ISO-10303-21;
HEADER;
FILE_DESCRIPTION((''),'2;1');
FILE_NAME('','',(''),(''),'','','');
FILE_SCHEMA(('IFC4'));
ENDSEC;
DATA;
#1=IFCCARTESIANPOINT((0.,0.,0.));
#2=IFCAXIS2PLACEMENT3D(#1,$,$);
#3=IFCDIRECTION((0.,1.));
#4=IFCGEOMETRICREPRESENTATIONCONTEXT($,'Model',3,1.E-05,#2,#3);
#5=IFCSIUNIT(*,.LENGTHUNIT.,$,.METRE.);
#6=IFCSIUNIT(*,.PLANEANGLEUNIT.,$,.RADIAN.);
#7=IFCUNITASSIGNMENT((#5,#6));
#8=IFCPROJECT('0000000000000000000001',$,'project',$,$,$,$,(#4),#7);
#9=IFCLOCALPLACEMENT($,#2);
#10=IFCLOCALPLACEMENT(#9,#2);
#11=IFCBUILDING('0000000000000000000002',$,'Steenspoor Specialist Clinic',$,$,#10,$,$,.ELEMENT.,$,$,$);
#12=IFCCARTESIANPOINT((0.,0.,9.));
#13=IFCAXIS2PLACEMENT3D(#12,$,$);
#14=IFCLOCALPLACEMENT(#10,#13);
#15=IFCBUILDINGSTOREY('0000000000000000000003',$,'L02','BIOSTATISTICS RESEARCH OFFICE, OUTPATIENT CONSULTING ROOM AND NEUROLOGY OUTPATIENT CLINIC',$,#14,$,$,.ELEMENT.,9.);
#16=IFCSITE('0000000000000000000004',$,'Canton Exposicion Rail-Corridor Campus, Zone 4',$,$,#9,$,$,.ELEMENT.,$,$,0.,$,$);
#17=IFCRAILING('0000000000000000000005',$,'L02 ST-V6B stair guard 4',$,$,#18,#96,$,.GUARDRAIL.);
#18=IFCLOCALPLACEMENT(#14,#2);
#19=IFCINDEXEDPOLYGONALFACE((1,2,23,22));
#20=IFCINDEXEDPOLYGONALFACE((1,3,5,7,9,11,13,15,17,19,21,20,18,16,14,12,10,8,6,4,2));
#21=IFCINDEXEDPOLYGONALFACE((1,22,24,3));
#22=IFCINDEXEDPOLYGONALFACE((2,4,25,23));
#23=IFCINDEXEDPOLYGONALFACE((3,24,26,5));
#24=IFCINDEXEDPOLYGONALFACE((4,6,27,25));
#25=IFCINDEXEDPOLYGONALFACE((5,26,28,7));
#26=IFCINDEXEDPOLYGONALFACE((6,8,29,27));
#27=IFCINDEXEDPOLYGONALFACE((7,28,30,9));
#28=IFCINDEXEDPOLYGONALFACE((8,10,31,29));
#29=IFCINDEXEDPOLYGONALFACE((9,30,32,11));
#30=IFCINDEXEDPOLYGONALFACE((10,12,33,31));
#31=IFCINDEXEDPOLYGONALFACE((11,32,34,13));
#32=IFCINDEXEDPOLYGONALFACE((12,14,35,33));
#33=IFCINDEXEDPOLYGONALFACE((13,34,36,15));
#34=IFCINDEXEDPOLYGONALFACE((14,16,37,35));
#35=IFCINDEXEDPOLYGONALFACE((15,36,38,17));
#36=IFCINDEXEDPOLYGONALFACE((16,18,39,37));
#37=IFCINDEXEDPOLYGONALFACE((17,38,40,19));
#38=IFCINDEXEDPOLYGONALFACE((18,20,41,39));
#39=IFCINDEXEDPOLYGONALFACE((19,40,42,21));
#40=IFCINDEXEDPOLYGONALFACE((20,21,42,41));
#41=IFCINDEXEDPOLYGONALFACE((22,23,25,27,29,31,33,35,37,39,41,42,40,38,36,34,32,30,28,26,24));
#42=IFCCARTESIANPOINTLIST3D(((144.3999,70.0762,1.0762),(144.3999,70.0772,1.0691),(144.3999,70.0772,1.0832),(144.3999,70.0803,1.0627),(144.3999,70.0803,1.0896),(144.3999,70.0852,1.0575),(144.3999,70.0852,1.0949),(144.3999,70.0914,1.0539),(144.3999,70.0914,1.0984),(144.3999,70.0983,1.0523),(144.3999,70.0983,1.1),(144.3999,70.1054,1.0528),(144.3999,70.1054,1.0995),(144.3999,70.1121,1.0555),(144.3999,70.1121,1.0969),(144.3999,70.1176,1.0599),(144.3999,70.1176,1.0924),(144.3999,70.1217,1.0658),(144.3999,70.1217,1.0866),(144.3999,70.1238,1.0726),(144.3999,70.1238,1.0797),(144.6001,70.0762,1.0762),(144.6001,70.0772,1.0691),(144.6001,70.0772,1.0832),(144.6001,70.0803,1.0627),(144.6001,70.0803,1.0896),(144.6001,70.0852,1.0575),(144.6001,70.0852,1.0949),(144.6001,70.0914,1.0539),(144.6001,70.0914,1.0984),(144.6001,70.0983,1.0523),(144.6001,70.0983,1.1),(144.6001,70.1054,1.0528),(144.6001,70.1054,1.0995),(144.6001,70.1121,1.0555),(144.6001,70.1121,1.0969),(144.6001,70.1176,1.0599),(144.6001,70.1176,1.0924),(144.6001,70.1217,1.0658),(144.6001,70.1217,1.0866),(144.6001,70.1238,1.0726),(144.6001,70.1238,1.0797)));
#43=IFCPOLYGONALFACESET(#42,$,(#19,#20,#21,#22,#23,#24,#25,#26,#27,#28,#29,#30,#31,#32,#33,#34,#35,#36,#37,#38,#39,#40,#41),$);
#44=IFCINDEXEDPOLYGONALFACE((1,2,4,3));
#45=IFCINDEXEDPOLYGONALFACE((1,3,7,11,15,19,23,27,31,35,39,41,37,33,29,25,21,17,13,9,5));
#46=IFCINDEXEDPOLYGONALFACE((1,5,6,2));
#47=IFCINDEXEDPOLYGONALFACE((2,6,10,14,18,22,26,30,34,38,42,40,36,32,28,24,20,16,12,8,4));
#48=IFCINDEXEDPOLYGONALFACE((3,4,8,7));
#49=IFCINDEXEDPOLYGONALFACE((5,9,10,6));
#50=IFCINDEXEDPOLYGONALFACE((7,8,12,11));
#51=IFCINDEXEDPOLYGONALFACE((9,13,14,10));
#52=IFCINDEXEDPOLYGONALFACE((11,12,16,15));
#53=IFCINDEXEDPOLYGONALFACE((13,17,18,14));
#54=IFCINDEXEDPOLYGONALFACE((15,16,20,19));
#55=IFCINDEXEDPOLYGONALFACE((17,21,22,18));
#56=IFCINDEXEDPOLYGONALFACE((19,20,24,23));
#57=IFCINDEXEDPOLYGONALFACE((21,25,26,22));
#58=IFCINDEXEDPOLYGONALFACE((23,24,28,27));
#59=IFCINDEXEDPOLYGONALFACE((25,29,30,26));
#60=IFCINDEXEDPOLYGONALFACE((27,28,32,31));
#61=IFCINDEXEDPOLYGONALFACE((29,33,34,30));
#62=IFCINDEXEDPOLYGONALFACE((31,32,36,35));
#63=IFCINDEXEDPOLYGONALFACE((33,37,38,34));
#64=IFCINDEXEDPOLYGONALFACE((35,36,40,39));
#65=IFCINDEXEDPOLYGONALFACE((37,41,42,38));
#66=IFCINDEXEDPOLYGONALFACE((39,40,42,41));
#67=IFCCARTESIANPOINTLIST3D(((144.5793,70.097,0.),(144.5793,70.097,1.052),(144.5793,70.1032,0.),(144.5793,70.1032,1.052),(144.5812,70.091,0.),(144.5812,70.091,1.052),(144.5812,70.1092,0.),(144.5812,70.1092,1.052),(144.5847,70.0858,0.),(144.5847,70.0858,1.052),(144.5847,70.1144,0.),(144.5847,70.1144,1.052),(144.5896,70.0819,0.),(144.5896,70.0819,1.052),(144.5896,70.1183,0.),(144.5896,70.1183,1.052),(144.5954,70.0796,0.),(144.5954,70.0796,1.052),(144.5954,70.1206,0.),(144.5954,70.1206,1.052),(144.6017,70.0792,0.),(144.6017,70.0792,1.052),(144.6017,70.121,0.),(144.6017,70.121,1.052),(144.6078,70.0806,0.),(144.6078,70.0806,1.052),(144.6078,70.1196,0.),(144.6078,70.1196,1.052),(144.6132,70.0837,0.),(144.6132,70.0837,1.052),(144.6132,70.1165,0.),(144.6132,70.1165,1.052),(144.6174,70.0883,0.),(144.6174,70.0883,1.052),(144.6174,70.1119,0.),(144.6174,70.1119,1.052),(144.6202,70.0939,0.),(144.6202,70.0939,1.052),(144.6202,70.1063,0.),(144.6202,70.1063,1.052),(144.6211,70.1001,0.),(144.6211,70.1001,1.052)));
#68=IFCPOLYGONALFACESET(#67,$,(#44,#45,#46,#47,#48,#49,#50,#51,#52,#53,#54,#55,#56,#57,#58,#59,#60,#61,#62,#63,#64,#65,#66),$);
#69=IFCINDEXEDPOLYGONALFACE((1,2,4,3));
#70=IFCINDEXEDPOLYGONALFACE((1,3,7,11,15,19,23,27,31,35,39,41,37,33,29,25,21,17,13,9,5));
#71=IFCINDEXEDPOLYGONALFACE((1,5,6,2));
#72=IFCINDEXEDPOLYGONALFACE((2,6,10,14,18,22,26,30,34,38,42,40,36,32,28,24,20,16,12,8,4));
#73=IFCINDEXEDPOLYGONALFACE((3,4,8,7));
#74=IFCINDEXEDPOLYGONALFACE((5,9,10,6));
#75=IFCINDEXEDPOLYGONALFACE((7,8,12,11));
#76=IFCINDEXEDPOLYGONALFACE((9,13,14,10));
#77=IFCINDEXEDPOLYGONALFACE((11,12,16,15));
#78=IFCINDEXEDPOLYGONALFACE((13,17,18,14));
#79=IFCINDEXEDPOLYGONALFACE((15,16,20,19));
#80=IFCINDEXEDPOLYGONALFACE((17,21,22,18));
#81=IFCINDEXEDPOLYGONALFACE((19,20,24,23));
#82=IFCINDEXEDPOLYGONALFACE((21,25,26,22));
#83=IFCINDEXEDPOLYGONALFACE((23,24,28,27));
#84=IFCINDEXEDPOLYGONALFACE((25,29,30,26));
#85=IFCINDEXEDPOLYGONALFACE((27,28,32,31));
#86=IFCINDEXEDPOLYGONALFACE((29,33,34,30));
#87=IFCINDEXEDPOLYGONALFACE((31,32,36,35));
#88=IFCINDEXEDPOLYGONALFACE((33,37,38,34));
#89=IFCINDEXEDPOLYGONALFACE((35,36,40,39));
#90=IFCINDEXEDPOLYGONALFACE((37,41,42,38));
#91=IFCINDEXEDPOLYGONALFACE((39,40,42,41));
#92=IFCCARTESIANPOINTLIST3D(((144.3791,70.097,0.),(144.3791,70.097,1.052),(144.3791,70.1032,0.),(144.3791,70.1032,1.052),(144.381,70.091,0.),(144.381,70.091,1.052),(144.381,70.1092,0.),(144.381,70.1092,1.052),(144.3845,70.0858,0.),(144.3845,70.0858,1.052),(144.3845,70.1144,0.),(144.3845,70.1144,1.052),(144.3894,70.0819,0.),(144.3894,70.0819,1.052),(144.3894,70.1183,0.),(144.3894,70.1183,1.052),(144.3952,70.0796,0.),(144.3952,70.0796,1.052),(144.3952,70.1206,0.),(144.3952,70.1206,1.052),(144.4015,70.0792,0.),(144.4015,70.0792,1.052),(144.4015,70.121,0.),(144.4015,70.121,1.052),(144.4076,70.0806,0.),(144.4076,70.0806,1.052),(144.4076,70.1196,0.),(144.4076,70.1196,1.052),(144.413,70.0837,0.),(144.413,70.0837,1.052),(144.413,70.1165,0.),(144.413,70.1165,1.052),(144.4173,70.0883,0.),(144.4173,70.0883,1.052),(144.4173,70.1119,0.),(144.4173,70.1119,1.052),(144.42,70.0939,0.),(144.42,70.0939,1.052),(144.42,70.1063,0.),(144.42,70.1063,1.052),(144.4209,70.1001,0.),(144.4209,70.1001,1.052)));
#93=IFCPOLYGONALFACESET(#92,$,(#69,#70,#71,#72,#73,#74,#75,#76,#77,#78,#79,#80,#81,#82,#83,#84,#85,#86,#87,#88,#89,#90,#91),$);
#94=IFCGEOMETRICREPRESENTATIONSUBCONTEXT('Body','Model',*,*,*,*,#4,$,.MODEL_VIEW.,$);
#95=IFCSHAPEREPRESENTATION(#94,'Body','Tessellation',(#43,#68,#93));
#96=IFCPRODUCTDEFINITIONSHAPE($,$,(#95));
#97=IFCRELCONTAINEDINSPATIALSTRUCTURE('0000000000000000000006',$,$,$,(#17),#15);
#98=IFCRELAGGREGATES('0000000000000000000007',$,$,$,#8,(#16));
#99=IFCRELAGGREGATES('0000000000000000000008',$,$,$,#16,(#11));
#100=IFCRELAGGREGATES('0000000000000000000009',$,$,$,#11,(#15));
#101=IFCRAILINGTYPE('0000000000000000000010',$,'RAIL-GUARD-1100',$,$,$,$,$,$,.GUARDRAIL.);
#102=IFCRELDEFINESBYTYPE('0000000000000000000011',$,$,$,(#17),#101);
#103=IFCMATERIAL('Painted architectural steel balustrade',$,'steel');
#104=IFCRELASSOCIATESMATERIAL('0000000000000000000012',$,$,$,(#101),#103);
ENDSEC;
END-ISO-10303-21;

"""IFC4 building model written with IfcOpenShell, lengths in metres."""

from ifc_helpers import new_model, si_unit, direction, frame, origin, origin_2d, place, context, subcontext, project, spatial, circle, extrude, material, type_object, element, save


model = new_model("IFC4")

# Units and contexts
model_context = context("Model", 3, precision=1e-05, world=origin(), true_north=direction((0.0, 1.0)))
body_context = subcontext(model_context, "Body", "Model", "MODEL_VIEW")
ifc_project = project(units=[si_unit("LENGTHUNIT", "METRE"), si_unit("PLANEANGLEUNIT", "RADIAN")], contexts=[model_context])

# Site, building, storey
site_placement = place(None, origin())
site = spatial("IfcSite", under=ifc_project, at=site_placement, Name="Canton Exposicion Rail-Corridor Campus, Zone 4", CompositionType="ELEMENT", RefElevation=0.0)
building_placement = place(site_placement, origin())
building = spatial("IfcBuilding", under=site, at=building_placement, Name="Steenspoor Specialist Clinic", CompositionType="ELEMENT")
storey_placement = place(building_placement, frame((0.0, 0.0, 9.0)))
storey = spatial("IfcBuildingStorey", under=building, at=storey_placement, Name="L02", Description="BIOSTATISTICS RESEARCH OFFICE, OUTPATIENT CONSULTING ROOM AND NEUROLOGY OUTPATIENT CLINIC", CompositionType="ELEMENT", Elevation=9.0)

# Railing
ifc_material_1 = material(Name="Painted architectural steel balustrade", Category="steel")
railing_type_1 = type_object("IfcRailingType", Name="RAIL-GUARD-1100", PredefinedType="GUARDRAIL", material=ifc_material_1)
railing_1_placement = place(storey_placement, frame((144.6001, 70.1001, 0.0)))
element("IfcRailing", 1, at=railing_1_placement, inside=storey, type_object=railing_type_1, Name="L02 ST-V6B stair guard 4", PredefinedType="GUARDRAIL", context=body_context, shape_type="SweptSolid", body=[
    extrude(circle(Radius=0.0239, at=origin_2d()), frame((0.0, 0.0, 1.0762), z_axis=(-1.0, 0.0, 0.0), x_axis=(0.0, -1.0, 0.0)), (0.0, 0.0, 1.0), 0.2002),
    extrude(circle(Radius=0.021, at=origin_2d()), origin(), (0.0, 0.0, 1.0), 1.052),
    extrude(circle(Radius=0.021, at=origin_2d()), frame((-0.2002, 0.0, 0.0)), (0.0, 0.0, 1.0), 1.052),
])

save(model, "model.ifc")
